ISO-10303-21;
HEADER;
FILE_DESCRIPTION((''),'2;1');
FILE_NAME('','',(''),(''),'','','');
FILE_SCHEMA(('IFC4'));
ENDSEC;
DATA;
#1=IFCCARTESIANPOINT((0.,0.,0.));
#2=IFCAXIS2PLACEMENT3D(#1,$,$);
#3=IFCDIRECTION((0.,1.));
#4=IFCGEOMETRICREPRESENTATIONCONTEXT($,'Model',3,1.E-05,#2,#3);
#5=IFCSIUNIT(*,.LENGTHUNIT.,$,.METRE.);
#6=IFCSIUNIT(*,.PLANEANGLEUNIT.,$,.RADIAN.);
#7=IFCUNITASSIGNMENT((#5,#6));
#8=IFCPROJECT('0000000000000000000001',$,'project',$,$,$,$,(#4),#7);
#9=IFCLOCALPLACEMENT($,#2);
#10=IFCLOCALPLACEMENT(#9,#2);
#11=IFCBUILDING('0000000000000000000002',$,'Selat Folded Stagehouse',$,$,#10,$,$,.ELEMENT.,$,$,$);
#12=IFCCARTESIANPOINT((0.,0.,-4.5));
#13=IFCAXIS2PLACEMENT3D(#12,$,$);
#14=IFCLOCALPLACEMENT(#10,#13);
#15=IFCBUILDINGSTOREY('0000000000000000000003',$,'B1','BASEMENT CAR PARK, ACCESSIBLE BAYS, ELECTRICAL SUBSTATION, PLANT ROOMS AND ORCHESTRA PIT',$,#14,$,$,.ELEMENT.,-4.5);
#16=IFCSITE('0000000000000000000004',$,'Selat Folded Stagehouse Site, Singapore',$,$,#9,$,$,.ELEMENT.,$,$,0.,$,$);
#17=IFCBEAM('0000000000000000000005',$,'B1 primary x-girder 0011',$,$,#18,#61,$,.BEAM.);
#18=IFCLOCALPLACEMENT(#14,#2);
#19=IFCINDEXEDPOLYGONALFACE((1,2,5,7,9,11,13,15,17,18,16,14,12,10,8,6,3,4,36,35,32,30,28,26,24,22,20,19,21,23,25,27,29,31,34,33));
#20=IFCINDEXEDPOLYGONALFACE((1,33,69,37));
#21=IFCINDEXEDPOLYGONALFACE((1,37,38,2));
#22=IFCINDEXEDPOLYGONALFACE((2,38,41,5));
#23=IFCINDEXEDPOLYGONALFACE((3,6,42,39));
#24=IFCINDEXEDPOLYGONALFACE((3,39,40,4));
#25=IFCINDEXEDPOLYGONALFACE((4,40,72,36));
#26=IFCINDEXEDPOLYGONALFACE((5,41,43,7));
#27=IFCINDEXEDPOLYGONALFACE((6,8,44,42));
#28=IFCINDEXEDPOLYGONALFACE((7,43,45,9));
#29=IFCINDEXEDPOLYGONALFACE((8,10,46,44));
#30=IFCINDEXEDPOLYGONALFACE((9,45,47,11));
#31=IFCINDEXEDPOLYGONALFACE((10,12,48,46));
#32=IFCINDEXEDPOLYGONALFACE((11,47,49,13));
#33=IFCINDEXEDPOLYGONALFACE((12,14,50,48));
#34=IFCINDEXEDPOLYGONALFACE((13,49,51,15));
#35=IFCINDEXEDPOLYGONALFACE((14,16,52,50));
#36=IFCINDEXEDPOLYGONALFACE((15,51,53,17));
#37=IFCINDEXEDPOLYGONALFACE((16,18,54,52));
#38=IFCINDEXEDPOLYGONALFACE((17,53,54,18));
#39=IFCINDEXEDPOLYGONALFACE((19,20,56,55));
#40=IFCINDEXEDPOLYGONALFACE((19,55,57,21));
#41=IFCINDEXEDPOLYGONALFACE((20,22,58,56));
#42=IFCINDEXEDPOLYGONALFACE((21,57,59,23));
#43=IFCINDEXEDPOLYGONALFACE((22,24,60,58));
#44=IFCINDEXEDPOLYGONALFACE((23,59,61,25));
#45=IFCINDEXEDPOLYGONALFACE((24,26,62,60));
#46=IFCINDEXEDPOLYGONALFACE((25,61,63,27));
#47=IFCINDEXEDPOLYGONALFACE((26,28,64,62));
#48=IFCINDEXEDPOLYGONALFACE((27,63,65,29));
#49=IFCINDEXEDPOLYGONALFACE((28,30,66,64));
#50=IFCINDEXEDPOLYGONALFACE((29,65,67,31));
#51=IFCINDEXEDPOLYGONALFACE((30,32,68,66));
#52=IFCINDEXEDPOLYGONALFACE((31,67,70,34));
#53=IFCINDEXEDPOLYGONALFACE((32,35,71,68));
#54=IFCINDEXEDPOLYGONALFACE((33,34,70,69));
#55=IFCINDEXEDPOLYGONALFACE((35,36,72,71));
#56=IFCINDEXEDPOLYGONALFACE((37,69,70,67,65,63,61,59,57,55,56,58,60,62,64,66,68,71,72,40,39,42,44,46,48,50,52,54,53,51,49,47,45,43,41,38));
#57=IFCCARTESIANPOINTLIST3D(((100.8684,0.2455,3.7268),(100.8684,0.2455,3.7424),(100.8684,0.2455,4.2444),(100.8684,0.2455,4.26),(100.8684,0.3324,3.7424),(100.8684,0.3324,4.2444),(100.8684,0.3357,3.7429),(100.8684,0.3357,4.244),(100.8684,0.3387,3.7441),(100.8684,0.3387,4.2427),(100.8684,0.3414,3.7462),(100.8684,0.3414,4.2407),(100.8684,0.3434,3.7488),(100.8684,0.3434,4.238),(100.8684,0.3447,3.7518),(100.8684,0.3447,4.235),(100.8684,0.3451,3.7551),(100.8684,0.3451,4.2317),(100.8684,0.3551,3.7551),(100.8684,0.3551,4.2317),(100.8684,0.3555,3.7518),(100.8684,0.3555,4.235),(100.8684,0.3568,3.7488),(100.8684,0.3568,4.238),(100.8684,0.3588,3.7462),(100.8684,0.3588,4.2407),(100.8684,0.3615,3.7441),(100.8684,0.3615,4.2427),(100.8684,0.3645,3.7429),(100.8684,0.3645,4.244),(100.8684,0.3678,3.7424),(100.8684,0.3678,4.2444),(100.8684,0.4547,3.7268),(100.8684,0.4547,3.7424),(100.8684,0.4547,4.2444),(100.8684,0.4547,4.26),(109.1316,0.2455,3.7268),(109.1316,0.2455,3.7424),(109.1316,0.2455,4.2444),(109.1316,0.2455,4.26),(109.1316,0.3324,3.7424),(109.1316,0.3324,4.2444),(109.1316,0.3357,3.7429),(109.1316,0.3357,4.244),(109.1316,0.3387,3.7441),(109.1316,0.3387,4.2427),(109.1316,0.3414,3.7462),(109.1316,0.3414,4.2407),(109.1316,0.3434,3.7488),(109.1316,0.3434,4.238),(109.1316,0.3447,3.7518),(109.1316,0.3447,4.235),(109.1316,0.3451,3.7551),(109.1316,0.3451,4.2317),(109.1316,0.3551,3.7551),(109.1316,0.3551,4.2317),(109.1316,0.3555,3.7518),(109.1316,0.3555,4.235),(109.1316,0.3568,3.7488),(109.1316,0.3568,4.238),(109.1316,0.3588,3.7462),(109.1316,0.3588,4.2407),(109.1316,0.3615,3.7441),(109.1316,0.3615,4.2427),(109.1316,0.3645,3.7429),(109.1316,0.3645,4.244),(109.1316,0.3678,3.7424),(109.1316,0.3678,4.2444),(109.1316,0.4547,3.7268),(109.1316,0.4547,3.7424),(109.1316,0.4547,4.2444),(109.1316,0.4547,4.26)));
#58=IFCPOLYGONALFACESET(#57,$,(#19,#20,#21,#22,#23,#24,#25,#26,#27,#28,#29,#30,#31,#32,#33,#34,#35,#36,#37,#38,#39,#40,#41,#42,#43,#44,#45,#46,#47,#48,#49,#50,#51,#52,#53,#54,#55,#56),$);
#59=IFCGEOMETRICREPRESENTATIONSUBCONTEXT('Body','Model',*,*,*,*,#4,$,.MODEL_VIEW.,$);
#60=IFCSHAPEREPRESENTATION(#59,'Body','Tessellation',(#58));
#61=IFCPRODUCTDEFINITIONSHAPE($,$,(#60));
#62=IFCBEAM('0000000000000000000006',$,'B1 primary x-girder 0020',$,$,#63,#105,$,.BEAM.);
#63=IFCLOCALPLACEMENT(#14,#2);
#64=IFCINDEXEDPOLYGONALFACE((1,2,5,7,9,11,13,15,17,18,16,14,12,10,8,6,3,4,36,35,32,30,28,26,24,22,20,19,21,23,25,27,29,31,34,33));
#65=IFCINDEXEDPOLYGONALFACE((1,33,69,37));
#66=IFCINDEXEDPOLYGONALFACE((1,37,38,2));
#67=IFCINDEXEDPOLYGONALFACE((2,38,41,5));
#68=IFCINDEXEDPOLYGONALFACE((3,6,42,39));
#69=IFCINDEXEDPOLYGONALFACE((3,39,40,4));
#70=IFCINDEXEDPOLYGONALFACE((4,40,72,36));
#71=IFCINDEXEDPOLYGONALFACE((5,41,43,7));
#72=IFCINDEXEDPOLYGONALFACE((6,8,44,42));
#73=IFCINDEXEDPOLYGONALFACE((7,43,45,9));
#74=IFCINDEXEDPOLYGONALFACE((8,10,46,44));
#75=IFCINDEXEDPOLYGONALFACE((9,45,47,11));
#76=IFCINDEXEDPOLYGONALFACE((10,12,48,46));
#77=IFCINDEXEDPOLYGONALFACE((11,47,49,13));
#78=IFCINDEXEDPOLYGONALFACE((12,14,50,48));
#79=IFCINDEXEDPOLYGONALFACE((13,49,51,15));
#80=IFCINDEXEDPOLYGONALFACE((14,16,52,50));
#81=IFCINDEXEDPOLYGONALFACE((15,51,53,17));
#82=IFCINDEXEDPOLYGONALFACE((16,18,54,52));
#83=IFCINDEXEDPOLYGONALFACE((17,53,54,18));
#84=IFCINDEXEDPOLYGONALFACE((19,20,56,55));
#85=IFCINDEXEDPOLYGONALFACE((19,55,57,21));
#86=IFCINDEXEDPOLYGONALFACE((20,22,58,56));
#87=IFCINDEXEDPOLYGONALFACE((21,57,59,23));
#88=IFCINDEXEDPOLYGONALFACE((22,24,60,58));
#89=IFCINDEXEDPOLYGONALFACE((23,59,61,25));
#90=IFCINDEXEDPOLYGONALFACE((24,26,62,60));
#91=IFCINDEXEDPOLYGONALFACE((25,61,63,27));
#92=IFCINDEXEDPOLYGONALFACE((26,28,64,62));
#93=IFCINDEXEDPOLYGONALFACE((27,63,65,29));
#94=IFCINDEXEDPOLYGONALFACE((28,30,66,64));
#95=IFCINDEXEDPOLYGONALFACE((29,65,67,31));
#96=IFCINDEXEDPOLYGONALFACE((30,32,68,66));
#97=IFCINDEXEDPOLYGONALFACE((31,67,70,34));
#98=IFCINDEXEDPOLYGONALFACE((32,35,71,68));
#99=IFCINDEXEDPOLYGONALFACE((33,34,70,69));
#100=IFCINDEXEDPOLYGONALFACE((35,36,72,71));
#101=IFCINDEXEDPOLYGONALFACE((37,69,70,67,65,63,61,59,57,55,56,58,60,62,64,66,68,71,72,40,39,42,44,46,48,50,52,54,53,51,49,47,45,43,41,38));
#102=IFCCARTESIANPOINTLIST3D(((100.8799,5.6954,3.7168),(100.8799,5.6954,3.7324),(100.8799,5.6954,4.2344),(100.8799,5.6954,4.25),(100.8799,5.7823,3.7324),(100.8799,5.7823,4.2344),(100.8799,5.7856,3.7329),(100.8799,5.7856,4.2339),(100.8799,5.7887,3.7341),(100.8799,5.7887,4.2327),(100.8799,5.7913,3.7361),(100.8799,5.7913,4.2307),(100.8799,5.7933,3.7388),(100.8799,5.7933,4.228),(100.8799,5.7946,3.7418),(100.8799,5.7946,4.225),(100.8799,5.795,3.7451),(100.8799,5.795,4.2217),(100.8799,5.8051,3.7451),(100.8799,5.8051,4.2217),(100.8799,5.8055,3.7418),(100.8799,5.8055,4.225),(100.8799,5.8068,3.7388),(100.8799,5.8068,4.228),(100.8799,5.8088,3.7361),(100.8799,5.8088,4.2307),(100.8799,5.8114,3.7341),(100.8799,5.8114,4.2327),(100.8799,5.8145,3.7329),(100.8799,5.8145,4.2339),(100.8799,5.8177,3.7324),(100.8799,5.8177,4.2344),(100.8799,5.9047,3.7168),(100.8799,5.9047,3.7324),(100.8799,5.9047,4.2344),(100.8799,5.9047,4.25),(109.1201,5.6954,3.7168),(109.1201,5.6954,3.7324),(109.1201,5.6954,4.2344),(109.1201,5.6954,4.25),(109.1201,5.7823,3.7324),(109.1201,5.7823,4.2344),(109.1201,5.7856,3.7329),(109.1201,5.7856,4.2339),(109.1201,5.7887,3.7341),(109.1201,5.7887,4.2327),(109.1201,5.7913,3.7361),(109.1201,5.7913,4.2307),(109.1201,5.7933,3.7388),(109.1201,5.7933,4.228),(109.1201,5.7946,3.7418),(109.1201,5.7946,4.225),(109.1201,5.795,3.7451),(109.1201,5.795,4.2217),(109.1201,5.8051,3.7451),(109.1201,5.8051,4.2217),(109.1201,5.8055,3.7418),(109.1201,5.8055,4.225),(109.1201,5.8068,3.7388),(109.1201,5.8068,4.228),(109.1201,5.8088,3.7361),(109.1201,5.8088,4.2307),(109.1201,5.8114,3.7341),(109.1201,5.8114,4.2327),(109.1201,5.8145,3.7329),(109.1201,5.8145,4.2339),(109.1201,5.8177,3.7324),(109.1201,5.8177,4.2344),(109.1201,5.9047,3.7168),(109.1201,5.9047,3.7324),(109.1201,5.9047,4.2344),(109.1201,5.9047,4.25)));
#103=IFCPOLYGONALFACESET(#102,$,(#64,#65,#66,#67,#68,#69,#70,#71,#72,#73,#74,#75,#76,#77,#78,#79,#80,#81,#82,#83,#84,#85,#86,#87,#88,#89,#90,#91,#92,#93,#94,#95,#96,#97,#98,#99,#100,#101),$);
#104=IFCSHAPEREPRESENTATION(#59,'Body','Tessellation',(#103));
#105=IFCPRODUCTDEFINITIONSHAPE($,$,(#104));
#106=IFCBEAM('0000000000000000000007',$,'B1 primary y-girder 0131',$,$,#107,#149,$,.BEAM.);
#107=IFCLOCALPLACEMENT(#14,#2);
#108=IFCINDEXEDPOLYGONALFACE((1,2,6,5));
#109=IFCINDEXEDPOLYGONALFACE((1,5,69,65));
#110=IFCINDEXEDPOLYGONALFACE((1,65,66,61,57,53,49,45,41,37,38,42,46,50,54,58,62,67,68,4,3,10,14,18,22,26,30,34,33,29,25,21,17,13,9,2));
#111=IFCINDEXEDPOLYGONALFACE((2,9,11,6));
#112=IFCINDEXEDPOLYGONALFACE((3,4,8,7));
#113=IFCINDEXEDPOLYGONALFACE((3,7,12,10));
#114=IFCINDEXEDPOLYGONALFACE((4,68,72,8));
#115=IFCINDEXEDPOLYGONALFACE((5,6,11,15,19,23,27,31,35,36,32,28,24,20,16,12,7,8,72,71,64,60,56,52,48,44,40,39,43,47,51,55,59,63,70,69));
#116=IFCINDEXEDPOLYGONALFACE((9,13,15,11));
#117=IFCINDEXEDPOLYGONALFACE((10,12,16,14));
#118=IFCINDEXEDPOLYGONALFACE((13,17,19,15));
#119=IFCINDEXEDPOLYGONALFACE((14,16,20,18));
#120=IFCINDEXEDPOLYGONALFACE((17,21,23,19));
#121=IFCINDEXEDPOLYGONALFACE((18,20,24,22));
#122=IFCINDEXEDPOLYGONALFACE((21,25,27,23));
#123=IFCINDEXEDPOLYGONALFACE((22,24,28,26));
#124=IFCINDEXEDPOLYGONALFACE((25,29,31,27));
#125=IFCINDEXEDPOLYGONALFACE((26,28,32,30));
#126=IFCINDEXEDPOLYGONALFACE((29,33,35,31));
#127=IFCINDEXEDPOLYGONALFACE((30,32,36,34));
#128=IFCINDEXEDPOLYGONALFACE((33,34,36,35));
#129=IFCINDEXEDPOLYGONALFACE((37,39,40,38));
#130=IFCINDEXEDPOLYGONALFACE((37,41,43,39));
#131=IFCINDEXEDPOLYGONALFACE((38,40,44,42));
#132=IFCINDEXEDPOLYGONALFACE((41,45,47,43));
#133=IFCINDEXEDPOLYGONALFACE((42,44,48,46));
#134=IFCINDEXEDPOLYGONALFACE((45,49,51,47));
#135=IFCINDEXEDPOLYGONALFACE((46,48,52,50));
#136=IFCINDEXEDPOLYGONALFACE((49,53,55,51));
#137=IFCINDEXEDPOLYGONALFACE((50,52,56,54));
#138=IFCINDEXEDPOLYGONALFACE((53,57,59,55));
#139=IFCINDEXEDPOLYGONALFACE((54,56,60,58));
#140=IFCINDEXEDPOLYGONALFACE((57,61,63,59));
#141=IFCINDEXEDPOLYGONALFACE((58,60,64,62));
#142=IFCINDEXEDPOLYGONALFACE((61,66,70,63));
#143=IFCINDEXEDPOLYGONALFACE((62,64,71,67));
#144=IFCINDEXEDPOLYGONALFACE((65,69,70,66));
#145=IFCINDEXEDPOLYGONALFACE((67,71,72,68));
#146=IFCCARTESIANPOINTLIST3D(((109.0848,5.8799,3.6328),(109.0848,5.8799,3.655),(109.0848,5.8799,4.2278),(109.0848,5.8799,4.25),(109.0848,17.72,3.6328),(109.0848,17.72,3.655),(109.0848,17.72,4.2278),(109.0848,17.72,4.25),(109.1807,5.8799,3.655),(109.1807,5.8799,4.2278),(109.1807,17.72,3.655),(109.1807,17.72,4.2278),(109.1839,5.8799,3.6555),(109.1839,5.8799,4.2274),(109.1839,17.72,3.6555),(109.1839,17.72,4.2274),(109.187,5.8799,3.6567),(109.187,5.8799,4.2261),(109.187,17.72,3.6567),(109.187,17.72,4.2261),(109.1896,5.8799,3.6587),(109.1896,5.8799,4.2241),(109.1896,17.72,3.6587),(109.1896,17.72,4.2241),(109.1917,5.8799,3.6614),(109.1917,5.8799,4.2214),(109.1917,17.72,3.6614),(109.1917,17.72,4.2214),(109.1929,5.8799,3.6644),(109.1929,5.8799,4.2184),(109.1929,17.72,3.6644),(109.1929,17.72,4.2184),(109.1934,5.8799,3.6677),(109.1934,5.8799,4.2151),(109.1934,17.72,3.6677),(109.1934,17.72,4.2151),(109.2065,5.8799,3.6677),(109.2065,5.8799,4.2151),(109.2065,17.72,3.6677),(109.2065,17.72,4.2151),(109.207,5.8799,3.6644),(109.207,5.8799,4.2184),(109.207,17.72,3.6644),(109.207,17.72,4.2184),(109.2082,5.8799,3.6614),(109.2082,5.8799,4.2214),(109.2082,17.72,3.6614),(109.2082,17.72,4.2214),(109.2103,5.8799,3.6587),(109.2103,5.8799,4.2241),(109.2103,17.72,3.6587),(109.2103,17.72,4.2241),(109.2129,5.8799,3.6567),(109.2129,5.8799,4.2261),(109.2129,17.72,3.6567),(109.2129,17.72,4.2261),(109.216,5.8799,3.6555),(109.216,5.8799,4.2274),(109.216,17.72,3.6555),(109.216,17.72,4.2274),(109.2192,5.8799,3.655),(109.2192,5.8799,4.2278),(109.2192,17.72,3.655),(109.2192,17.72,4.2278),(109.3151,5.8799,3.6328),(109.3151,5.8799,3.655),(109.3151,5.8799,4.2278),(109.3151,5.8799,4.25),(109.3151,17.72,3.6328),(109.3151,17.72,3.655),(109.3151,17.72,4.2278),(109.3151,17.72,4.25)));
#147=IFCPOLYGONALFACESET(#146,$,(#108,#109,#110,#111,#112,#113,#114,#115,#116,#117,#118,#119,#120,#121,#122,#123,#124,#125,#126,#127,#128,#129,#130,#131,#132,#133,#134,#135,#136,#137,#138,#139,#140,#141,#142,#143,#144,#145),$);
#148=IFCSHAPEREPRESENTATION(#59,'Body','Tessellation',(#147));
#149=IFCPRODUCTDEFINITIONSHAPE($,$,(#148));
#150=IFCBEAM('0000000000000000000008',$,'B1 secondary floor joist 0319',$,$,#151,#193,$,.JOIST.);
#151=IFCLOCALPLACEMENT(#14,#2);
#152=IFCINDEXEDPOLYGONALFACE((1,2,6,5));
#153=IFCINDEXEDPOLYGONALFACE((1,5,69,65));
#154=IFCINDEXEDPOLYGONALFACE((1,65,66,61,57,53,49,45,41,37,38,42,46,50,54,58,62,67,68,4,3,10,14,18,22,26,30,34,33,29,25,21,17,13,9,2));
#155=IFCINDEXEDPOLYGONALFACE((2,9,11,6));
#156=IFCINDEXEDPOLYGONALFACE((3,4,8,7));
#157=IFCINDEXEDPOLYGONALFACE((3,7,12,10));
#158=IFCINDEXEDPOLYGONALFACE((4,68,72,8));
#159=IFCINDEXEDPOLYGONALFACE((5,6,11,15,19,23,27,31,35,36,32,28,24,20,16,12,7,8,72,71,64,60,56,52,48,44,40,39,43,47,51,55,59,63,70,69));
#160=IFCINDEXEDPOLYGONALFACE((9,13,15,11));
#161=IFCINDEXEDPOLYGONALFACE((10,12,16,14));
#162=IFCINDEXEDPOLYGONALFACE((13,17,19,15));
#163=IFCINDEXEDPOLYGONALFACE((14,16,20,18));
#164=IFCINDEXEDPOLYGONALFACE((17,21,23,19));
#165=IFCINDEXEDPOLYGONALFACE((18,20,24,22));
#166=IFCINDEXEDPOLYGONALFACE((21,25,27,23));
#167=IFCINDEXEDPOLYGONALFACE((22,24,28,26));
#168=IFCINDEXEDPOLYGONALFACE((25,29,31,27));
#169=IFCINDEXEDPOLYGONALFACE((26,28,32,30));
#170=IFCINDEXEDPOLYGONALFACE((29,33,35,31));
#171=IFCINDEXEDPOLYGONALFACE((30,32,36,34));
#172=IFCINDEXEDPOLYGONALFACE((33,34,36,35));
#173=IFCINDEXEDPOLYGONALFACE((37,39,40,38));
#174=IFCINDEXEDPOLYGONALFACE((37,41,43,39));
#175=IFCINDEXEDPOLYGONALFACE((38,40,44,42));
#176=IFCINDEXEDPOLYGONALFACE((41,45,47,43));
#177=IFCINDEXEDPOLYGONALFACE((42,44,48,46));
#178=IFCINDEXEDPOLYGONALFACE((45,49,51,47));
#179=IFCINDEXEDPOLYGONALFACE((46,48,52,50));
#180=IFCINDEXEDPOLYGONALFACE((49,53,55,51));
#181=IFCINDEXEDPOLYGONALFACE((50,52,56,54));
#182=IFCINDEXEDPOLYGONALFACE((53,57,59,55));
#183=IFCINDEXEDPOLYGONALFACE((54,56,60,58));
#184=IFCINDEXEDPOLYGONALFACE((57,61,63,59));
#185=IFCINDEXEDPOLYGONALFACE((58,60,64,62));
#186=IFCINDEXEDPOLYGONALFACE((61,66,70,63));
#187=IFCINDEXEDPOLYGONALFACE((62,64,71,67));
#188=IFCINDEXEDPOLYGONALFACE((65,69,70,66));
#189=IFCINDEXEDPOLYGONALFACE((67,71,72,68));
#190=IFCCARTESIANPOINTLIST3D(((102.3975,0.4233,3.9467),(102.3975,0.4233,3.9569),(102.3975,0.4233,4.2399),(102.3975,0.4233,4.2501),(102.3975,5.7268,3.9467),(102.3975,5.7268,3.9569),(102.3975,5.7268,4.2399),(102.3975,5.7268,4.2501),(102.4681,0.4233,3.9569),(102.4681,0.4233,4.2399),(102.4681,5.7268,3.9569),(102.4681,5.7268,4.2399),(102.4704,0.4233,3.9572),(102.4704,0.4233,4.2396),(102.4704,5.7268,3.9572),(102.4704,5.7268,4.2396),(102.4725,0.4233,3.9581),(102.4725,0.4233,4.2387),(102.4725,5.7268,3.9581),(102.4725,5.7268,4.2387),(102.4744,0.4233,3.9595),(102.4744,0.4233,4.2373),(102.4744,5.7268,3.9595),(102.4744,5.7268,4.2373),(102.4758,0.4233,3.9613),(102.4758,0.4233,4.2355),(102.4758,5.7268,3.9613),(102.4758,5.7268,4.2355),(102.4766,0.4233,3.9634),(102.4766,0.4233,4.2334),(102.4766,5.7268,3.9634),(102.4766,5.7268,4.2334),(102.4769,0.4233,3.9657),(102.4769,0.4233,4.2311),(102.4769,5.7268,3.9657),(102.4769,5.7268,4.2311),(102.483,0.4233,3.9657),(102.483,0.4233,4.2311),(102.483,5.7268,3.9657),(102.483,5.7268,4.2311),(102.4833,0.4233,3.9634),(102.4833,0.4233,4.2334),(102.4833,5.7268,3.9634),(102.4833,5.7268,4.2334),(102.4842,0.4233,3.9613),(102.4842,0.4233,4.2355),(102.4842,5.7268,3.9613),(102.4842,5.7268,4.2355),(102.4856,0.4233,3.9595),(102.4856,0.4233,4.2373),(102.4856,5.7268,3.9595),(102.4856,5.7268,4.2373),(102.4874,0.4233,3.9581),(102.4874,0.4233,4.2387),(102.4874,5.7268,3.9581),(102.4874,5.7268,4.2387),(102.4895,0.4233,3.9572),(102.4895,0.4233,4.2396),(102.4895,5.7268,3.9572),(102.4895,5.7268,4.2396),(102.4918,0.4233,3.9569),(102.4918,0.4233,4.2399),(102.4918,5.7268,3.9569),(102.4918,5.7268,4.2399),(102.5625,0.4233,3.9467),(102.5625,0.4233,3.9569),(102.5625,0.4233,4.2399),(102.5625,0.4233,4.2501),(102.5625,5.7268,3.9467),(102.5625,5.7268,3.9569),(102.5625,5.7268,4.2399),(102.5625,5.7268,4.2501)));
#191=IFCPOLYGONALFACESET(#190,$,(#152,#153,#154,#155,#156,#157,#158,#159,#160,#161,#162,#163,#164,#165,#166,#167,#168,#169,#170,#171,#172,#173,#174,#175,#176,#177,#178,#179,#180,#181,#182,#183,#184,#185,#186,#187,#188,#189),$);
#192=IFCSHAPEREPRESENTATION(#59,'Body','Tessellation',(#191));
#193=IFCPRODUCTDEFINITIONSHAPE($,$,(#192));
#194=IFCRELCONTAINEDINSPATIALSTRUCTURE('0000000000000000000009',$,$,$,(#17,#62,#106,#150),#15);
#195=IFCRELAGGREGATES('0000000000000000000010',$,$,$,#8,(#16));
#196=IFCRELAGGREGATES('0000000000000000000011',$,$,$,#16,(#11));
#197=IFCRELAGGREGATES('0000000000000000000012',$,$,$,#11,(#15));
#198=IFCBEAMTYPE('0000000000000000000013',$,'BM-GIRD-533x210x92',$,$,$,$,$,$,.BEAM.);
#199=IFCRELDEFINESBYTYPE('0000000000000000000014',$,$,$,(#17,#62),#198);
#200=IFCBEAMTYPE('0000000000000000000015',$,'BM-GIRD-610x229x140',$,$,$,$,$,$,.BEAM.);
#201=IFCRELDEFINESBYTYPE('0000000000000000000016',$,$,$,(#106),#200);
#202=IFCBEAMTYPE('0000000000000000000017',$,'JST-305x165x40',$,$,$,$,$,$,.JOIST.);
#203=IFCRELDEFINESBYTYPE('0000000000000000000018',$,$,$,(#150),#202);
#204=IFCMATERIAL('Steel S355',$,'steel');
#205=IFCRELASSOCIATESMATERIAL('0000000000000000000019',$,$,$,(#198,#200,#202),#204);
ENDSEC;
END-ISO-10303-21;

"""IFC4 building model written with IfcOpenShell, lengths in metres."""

from ifc_helpers import new_model, si_unit, direction, frame, origin, origin_2d, place, context, subcontext, project, spatial, i_section, extrude, material, material_profile, profile_set, type_object, element, save


model = new_model("IFC4")

# Units and contexts
model_context = context("Model", 3, precision=1e-05, world=origin(), true_north=direction((0.0, 1.0)))
body_context = subcontext(model_context, "Body", "Model", "MODEL_VIEW")
ifc_project = project(units=[si_unit("LENGTHUNIT", "METRE"), si_unit("PLANEANGLEUNIT", "RADIAN")], contexts=[model_context])

# Site, building, storey
site_placement = place(None, origin())
site = spatial("IfcSite", under=ifc_project, at=site_placement, Name="Selat Folded Stagehouse Site, Singapore", CompositionType="ELEMENT", RefElevation=0.0)
building_placement = place(site_placement, origin())
building = spatial("IfcBuilding", under=site, at=building_placement, Name="Selat Folded Stagehouse", CompositionType="ELEMENT")
storey_placement = place(building_placement, frame((0.0, 0.0, -4.5)))
storey = spatial("IfcBuildingStorey", under=building, at=storey_placement, Name="B1", Description="BASEMENT CAR PARK, ACCESSIBLE BAYS, ELECTRICAL SUBSTATION, PLANT ROOMS AND ORCHESTRA PIT", CompositionType="ELEMENT", Elevation=-4.5)

# Shared definitions
ifc_material_1 = material(Name="Steel S355", Category="steel")

# Beams
ifc_material_profile_1 = material_profile(ifc_material_1, i_section(OverallWidth=0.2092, OverallDepth=0.5332, WebThickness=0.01, FlangeThickness=0.0156, FilletRadius=0.0127, at=origin_2d()), Name="UKB 533x210x92")
ifc_profile_set_1 = profile_set([ifc_material_profile_1], Name="Steel S355")
beam_type_1 = type_object("IfcBeamType", Name="BM-GIRD-533x210x92", PredefinedType="BEAM", material=ifc_profile_set_1)
beam_1_placement = place(storey_placement, frame((100.8684, 0.3501, 3.9934), z_axis=(1.0, 0.0, 0.0), x_axis=(0.0, 1.0, 0.0)))
element("IfcBeam", 1, at=beam_1_placement, inside=storey, type_object=beam_type_1, Name="B1 primary x-girder 0011", PredefinedType="BEAM", context=body_context, shape_type="SweptSolid", body=[
    extrude(i_section(OverallWidth=0.2092, OverallDepth=0.5332, WebThickness=0.01, FlangeThickness=0.0156, FilletRadius=0.0127, at=origin_2d()), origin(), (0.0, 0.0, 1.0), 8.2632),
])
beam_2_placement = place(storey_placement, frame((100.8799, 5.8, 3.9834), z_axis=(1.0, 0.0, 0.0), x_axis=(0.0, 1.0, 0.0)))
element("IfcBeam", 2, at=beam_2_placement, inside=storey, type_object=beam_type_1, Name="B1 primary x-girder 0020", PredefinedType="BEAM", context=body_context, shape_type="SweptSolid", body=[
    extrude(i_section(OverallWidth=0.2092, OverallDepth=0.5332, WebThickness=0.01, FlangeThickness=0.0156, FilletRadius=0.0127, at=origin_2d()), origin(), (0.0, 0.0, 1.0), 8.2402),
])
ifc_material_profile_2 = material_profile(ifc_material_1, i_section(OverallWidth=0.2302, OverallDepth=0.6172, WebThickness=0.0132, FlangeThickness=0.0222, FilletRadius=0.0127, at=origin_2d()), Name="UKB 610x229x140")
ifc_profile_set_2 = profile_set([ifc_material_profile_2], Name="Steel S355")
beam_type_2 = type_object("IfcBeamType", Name="BM-GIRD-610x229x140", PredefinedType="BEAM", material=ifc_profile_set_2)
beam_3_placement = place(storey_placement, frame((109.2, 5.8799, 3.9414), z_axis=(0.0, 1.0, 0.0), x_axis=(-1.0, 0.0, 0.0)))
element("IfcBeam", 3, at=beam_3_placement, inside=storey, type_object=beam_type_2, Name="B1 primary y-girder 0131", PredefinedType="BEAM", context=body_context, shape_type="SweptSolid", body=[
    extrude(i_section(OverallWidth=0.2302, OverallDepth=0.6172, WebThickness=0.0132, FlangeThickness=0.0222, FilletRadius=0.0127, at=origin_2d()), origin(), (0.0, 0.0, 1.0), 11.8401),
])
ifc_material_profile_3 = material_profile(ifc_material_1, i_section(OverallWidth=0.165, OverallDepth=0.3035, WebThickness=0.0061, FlangeThickness=0.0103, FilletRadius=0.0088, at=origin_2d()), Name="UKB 305x165x40")
ifc_profile_set_3 = profile_set([ifc_material_profile_3], Name="Steel S355")
beam_type_3 = type_object("IfcBeamType", Name="JST-305x165x40", PredefinedType="JOIST", material=ifc_profile_set_3)
for number, where, z_axis, x_axis, name in (
    (4, (102.48, 0.4233, 4.0984), (0.0, 1.0, 0.0), (-1.0, 0.0, 0.0), "B1 secondary floor joist 0319"),
):
    element("IfcBeam", number, at=place(storey_placement, frame(where, z_axis=z_axis, x_axis=x_axis)), inside=storey, type_object=beam_type_3, Name=name, PredefinedType="JOIST", context=body_context, shape_type="SweptSolid", body=[
        extrude(i_section(OverallWidth=0.165, OverallDepth=0.3035, WebThickness=0.0061, FlangeThickness=0.0103, FilletRadius=0.0088, at=origin_2d()), origin(), (0.0, 0.0, 1.0), 5.3035),
    ])

save(model, "model.ifc")
